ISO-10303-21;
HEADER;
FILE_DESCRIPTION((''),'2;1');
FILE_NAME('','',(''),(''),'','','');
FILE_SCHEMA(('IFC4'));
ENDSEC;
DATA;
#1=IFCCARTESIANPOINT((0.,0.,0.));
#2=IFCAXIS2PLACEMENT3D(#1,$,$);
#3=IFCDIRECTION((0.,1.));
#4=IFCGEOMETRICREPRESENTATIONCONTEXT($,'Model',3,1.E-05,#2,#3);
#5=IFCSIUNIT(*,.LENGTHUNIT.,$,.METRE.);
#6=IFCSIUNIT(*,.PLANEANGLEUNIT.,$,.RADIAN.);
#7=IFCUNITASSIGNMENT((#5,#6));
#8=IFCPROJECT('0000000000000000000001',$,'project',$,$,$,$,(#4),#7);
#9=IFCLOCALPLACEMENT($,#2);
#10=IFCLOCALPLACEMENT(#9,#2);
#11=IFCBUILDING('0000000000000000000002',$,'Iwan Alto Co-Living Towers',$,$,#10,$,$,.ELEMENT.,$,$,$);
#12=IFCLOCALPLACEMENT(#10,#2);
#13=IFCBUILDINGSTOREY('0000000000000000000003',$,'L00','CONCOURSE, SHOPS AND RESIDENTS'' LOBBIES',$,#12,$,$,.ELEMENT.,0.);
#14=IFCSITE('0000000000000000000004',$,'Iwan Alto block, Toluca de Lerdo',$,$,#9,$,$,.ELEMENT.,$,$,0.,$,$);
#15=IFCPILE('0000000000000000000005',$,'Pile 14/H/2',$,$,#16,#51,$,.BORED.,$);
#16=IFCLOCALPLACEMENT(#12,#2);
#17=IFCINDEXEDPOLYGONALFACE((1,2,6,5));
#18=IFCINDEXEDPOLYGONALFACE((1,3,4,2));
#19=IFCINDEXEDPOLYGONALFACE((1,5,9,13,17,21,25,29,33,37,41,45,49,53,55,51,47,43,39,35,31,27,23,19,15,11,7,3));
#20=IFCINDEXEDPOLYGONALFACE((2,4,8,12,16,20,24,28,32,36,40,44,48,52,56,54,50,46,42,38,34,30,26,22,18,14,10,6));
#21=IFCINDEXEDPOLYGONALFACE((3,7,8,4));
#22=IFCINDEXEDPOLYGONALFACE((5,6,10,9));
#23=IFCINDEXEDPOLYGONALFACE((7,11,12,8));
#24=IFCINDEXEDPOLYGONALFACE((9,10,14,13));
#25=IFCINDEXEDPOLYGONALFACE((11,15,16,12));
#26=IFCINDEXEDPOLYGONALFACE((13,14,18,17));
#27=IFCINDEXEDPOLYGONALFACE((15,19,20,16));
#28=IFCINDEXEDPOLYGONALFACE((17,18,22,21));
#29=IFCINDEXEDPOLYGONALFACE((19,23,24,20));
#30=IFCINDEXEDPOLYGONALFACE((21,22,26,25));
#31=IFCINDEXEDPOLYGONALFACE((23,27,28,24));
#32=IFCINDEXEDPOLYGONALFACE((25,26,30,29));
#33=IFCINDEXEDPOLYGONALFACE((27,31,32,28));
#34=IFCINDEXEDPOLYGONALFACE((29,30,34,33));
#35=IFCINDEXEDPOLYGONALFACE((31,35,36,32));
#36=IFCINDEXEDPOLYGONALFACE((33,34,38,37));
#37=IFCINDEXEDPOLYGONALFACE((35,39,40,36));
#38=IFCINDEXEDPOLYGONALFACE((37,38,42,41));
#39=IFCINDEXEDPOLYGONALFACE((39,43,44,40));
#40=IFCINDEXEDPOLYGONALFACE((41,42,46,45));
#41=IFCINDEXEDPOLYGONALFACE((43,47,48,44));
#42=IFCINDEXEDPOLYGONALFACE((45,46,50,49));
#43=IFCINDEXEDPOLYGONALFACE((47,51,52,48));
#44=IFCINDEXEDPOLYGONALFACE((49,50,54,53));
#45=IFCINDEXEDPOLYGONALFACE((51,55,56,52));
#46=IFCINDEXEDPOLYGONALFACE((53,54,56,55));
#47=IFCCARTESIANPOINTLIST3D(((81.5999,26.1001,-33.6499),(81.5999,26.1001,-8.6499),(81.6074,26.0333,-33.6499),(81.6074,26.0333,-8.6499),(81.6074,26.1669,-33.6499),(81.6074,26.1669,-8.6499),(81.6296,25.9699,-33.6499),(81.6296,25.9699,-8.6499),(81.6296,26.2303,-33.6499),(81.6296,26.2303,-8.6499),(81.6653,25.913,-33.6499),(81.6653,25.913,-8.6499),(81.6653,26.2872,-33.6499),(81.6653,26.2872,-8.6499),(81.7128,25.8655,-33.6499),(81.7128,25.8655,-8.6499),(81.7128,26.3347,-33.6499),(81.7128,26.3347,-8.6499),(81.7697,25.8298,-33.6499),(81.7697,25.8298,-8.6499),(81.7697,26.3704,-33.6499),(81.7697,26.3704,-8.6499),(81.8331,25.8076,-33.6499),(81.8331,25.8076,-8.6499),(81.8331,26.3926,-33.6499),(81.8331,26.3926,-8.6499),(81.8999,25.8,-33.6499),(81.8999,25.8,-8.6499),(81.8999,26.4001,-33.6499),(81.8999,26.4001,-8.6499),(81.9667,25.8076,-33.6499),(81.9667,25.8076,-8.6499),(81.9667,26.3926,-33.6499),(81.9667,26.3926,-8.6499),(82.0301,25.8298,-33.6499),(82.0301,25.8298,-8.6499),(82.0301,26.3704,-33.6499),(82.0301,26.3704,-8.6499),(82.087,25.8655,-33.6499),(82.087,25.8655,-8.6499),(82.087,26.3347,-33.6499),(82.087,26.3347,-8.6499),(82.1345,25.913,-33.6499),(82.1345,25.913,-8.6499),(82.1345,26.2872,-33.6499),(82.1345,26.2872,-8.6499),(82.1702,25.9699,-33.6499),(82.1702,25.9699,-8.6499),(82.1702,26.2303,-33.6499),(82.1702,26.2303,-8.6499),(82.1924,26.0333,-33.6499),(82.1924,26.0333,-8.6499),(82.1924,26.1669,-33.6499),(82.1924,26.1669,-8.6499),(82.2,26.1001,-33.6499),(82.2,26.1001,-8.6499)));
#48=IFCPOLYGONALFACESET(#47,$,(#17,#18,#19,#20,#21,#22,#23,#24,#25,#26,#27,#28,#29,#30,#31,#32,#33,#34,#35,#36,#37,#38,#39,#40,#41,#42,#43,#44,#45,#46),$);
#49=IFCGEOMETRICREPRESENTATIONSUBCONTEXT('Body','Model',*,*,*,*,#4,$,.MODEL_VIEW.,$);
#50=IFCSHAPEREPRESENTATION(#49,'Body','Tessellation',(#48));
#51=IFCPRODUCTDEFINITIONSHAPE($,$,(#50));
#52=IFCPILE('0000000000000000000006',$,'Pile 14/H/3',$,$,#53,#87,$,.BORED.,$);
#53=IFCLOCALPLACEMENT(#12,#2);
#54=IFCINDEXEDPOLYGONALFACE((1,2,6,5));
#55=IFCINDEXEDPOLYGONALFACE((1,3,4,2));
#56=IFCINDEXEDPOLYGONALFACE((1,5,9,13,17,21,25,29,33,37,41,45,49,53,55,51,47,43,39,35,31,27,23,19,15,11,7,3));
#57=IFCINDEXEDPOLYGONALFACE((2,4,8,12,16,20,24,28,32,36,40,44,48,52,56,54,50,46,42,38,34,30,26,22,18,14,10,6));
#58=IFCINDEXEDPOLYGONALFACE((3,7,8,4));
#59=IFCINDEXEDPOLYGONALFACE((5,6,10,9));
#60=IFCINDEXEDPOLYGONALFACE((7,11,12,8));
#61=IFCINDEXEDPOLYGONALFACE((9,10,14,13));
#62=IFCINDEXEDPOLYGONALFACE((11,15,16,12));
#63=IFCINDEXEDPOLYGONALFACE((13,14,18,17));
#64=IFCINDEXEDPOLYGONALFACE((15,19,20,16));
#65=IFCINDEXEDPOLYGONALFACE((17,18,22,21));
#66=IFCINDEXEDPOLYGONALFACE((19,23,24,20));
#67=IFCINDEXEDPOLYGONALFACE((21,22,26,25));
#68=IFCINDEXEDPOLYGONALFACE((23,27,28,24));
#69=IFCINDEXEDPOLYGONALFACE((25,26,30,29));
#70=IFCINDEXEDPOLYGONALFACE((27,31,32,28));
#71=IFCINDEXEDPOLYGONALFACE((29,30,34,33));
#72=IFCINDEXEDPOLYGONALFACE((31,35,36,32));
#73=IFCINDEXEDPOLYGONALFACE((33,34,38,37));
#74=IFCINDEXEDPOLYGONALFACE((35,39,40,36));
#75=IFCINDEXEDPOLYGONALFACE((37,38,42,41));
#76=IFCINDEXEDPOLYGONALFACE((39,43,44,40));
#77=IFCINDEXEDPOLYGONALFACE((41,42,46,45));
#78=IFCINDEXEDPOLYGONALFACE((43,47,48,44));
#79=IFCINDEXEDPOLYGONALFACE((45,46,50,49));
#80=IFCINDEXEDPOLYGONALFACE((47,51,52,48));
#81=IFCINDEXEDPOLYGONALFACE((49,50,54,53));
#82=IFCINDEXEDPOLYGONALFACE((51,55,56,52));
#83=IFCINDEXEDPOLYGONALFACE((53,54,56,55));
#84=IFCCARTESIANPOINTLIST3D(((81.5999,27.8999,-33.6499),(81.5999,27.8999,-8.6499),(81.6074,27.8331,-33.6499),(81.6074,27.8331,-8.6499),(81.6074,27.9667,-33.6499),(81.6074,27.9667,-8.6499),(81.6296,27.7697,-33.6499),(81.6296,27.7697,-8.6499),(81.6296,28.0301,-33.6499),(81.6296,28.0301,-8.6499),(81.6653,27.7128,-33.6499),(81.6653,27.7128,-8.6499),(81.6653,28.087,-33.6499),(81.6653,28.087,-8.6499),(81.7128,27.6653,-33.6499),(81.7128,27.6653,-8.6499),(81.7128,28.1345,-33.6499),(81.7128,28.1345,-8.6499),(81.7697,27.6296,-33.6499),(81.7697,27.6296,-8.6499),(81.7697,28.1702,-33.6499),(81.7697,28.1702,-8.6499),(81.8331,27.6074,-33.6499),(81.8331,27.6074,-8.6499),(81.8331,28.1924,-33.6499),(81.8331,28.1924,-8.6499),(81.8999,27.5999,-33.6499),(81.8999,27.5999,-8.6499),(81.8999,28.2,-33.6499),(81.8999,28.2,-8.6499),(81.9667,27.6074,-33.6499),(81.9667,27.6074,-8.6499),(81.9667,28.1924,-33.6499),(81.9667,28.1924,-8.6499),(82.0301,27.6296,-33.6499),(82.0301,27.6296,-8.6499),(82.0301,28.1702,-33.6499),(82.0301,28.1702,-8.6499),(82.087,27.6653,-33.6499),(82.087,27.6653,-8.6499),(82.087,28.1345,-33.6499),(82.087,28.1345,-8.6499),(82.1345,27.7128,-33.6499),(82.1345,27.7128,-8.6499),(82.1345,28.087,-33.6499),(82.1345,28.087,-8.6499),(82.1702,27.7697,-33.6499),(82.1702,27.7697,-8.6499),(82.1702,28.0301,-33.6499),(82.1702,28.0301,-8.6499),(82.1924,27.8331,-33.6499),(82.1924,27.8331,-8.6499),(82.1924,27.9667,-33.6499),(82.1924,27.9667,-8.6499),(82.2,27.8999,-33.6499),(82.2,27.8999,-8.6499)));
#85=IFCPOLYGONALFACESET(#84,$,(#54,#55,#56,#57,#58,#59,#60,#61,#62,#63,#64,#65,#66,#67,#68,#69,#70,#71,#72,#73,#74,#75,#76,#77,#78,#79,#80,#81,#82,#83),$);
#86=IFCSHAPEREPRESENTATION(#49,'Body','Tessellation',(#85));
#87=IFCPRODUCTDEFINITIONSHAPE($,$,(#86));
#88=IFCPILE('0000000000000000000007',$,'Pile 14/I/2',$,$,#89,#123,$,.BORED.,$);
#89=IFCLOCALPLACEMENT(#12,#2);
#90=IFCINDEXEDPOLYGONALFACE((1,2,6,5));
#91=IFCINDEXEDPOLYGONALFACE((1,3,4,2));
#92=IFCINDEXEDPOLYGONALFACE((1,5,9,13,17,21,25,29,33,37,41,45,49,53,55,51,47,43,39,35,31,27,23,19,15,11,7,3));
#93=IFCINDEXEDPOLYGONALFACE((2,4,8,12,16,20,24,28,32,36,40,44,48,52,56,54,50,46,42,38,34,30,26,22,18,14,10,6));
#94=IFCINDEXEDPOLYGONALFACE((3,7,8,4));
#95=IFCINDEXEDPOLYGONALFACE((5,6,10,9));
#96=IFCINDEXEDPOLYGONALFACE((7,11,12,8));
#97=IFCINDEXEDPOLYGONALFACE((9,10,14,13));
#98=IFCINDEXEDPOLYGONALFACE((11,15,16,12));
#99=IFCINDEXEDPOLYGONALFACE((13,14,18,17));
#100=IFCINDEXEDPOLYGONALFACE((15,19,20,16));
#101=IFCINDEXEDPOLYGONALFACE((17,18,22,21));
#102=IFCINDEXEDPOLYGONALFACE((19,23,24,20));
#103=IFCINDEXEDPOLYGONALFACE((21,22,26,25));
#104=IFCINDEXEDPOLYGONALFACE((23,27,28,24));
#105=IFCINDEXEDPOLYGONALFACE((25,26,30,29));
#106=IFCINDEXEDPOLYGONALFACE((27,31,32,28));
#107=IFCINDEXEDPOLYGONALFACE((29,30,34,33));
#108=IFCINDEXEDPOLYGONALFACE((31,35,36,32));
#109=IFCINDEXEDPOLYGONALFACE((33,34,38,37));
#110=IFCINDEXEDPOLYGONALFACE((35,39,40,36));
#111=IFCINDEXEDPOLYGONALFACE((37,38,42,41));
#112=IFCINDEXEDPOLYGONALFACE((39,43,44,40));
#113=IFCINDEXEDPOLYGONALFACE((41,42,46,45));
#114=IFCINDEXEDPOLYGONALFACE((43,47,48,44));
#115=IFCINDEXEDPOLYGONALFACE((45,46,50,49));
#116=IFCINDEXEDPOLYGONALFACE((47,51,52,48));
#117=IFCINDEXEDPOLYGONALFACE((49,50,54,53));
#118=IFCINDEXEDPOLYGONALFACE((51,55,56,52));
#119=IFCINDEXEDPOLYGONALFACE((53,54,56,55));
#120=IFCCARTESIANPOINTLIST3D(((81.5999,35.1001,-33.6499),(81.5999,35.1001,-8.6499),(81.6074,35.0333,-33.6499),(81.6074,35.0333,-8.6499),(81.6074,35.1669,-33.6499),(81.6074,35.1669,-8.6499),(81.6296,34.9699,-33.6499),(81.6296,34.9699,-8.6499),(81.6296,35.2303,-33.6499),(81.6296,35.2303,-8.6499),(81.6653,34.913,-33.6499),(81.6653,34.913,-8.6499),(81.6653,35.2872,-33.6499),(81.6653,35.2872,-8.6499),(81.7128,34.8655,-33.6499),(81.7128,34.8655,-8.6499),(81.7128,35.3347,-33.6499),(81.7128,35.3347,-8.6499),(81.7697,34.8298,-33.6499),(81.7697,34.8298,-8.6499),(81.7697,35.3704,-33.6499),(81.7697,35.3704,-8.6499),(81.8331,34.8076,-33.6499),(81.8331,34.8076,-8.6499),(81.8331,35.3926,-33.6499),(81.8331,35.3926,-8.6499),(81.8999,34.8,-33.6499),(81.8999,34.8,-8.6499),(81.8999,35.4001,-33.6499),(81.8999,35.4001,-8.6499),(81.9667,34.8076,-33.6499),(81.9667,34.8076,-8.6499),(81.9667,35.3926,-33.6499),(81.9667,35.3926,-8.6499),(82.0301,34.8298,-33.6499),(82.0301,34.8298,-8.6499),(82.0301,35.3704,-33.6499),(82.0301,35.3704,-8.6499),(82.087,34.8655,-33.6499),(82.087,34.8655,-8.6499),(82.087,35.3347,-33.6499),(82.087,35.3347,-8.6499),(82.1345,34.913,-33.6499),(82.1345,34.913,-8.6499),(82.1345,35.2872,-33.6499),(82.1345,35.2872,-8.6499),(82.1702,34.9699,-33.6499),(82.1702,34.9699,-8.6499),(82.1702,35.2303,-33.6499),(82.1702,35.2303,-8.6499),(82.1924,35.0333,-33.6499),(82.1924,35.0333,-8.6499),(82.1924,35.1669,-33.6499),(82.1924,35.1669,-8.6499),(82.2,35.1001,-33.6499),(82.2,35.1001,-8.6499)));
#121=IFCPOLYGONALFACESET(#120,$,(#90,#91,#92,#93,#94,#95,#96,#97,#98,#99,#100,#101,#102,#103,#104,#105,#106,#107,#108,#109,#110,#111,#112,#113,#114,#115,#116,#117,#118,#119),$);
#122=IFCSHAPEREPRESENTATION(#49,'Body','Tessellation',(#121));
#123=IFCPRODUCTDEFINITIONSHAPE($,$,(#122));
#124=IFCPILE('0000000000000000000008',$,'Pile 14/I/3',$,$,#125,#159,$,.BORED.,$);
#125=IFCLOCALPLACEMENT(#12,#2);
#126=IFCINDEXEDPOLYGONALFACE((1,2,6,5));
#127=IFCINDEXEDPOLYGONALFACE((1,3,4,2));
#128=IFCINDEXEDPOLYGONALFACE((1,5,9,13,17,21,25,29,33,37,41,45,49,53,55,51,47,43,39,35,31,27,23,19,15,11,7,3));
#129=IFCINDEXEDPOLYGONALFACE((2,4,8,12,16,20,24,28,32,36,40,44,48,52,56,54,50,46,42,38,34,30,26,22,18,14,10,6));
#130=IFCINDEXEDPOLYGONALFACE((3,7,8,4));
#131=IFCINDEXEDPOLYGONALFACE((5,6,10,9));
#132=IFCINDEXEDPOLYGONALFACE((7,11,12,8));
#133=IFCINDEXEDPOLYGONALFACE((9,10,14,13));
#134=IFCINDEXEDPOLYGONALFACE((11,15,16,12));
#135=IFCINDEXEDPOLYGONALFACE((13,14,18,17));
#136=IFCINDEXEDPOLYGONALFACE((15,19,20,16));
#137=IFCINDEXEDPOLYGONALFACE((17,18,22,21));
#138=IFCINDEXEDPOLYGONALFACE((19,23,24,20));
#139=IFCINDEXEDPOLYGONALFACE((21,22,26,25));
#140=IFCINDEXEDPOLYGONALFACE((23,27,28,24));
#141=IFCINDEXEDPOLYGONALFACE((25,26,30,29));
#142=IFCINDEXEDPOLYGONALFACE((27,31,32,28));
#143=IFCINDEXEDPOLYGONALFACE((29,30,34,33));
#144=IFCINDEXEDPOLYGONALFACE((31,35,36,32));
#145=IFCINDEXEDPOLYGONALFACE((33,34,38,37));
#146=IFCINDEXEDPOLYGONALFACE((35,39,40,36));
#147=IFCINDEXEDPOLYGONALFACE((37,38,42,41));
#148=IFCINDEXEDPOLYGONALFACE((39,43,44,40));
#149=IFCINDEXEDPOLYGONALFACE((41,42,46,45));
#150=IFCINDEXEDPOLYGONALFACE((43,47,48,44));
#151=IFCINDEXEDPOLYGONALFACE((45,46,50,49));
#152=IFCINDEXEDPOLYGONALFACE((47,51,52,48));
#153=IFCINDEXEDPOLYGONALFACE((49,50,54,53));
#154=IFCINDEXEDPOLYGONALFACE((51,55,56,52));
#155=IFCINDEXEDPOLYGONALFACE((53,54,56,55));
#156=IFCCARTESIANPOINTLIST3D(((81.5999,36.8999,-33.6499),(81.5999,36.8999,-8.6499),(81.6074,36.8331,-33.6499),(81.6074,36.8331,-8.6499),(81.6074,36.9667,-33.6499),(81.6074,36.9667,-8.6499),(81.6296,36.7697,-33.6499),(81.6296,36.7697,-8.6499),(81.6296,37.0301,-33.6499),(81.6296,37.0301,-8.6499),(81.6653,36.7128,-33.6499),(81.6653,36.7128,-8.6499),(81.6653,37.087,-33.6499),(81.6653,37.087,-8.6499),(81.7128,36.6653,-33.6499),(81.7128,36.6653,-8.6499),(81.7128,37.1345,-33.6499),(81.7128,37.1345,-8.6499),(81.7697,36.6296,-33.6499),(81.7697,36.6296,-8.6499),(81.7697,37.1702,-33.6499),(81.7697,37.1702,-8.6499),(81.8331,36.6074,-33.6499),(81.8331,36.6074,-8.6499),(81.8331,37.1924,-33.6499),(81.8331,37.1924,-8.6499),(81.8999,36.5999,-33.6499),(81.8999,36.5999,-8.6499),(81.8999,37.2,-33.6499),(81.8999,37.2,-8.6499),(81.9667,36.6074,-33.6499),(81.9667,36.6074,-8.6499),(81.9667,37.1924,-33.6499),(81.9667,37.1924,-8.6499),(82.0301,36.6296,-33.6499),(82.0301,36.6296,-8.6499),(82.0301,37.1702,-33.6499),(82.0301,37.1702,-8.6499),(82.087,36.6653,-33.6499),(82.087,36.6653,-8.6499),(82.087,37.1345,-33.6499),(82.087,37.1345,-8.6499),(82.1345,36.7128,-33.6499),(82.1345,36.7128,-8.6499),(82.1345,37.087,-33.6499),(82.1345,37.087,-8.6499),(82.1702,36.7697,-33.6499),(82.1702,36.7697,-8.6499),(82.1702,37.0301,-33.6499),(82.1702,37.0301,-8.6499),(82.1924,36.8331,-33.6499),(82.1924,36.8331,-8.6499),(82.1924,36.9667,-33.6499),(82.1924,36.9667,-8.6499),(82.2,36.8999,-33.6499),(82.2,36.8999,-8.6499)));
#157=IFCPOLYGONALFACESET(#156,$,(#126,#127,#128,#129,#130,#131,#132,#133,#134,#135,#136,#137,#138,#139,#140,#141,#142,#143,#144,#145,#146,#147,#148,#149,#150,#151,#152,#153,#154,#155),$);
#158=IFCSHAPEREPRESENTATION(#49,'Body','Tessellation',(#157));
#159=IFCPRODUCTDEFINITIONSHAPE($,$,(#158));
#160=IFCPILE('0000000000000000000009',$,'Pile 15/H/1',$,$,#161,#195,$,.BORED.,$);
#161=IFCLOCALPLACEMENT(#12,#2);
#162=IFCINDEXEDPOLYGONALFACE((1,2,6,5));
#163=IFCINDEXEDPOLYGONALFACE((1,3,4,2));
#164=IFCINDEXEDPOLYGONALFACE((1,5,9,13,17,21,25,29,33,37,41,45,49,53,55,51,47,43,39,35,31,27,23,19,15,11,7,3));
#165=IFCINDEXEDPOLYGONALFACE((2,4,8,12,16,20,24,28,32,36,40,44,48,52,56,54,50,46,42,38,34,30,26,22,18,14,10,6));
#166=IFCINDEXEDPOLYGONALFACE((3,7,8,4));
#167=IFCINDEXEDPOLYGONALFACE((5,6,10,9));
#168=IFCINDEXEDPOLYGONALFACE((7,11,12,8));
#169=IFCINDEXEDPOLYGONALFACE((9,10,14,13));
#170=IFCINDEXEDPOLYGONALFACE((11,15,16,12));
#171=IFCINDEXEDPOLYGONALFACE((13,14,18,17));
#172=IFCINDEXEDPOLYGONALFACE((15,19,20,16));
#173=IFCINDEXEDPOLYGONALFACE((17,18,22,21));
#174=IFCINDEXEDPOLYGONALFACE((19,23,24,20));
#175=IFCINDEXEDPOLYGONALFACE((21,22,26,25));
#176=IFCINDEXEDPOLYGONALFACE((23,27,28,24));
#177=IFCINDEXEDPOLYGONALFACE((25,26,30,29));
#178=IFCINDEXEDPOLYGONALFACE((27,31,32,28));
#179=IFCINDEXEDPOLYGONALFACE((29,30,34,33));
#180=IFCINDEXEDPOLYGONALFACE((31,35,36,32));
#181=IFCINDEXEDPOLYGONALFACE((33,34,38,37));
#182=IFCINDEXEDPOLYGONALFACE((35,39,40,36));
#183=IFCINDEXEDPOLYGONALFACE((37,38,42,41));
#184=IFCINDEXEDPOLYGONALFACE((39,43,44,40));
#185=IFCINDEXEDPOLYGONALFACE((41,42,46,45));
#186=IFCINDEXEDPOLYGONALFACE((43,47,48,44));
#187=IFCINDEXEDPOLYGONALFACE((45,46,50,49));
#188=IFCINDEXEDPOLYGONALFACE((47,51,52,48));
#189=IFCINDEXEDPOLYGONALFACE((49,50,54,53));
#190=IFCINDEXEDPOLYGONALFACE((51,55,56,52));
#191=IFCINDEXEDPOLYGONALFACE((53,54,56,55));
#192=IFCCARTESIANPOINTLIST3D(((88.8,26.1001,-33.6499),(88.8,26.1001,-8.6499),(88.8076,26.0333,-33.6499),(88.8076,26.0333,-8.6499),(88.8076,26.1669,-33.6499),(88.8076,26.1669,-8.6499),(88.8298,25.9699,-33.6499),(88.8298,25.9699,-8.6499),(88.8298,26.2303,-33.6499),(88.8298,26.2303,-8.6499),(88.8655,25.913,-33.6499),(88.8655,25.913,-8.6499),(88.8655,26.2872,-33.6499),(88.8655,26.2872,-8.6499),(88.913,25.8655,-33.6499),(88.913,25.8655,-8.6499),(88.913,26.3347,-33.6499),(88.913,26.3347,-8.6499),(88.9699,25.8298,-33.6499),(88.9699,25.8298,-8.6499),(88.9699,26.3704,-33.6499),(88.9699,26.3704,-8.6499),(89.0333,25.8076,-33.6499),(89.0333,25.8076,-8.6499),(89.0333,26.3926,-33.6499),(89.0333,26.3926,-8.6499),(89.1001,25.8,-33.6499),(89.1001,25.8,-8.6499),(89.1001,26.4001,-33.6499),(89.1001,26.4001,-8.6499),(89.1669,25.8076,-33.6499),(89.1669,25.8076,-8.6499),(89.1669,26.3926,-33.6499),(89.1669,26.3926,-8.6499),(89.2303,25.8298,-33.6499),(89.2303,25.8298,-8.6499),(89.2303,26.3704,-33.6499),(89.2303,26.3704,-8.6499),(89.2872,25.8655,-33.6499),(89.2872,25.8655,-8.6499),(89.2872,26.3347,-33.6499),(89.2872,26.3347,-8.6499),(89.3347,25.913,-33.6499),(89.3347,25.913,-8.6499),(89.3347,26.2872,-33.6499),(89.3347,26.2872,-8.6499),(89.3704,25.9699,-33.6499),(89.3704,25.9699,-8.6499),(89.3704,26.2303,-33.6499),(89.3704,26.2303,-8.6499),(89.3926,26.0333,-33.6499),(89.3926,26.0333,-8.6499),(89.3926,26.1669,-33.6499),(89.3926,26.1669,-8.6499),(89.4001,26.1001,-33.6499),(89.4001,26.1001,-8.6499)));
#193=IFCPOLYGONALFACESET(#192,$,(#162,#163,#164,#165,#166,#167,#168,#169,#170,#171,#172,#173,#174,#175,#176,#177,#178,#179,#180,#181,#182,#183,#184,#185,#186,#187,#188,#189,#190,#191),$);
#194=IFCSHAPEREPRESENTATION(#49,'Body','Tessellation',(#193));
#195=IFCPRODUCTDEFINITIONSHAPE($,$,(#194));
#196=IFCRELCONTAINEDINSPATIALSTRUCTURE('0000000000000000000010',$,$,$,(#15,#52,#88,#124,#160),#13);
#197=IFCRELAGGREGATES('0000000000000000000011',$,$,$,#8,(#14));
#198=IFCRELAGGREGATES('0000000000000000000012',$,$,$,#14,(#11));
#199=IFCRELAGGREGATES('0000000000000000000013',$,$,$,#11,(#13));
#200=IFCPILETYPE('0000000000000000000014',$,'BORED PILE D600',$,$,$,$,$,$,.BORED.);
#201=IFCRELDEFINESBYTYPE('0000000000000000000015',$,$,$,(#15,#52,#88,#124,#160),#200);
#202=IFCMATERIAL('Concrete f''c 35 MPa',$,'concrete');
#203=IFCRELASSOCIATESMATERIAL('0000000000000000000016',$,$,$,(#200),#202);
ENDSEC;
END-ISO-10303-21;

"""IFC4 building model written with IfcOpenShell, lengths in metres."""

from ifc_helpers import new_model, si_unit, direction, frame, origin, origin_2d, place, context, subcontext, project, spatial, circle, extrude, material, material_profile, profile_set, type_object, element, save


model = new_model("IFC4")

# Units and contexts
model_context = context("Model", 3, precision=1e-05, world=origin(), true_north=direction((0.0, 1.0)))
body_context = subcontext(model_context, "Body", "Model", "MODEL_VIEW")
ifc_project = project(units=[si_unit("LENGTHUNIT", "METRE"), si_unit("PLANEANGLEUNIT", "RADIAN")], contexts=[model_context])

# Site, building, storey
site_placement = place(None, origin())
site = spatial("IfcSite", under=ifc_project, at=site_placement, Name="Iwan Alto block, Toluca de Lerdo", CompositionType="ELEMENT", RefElevation=0.0)
building_placement = place(site_placement, origin())
building = spatial("IfcBuilding", under=site, at=building_placement, Name="Iwan Alto Co-Living Towers", CompositionType="ELEMENT")
storey_placement = place(building_placement, origin())
storey = spatial("IfcBuildingStorey", under=building, at=storey_placement, Name="L00", Description="CONCOURSE, SHOPS AND RESIDENTS' LOBBIES", CompositionType="ELEMENT", Elevation=0.0)

# Piles
ifc_material_1 = material(Name="Concrete f'c 35 MPa", Category="concrete")
ifc_material_profile_1 = material_profile(ifc_material_1, circle(Radius=0.3, at=origin_2d()), Name="D600")
ifc_profile_set_1 = profile_set([ifc_material_profile_1], Name="Concrete f'c 35 MPa")
pile_type_1 = type_object("IfcPileType", Name="BORED PILE D600", PredefinedType="BORED", material=ifc_profile_set_1)
for number, where, z_axis, x_axis, name in (
    (1, (81.8999, 26.1001, -8.6499), (0.0, 0.0, -1.0), (1.0, 0.0, 0.0), "Pile 14/H/2"),
    (2, (81.8999, 27.8999, -8.6499), (0.0, 0.0, -1.0), (1.0, 0.0, 0.0), "Pile 14/H/3"),
    (3, (81.8999, 35.1001, -8.6499), (0.0, 0.0, -1.0), (1.0, 0.0, 0.0), "Pile 14/I/2"),
    (4, (81.8999, 36.8999, -8.6499), (0.0, 0.0, -1.0), (1.0, 0.0, 0.0), "Pile 14/I/3"),
    (5, (89.1001, 26.1001, -8.6499), (0.0, 0.0, -1.0), (1.0, 0.0, 0.0), "Pile 15/H/1"),
):
    element("IfcPile", number, at=place(storey_placement, frame(where, z_axis=z_axis, x_axis=x_axis)), inside=storey, type_object=pile_type_1, Name=name, PredefinedType="BORED", context=body_context, shape_type="SweptSolid", body=[
        extrude(circle(Radius=0.3, at=origin_2d()), origin(), (0.0, 0.0, 1.0), 25.0),
    ])

save(model, "model.ifc")
